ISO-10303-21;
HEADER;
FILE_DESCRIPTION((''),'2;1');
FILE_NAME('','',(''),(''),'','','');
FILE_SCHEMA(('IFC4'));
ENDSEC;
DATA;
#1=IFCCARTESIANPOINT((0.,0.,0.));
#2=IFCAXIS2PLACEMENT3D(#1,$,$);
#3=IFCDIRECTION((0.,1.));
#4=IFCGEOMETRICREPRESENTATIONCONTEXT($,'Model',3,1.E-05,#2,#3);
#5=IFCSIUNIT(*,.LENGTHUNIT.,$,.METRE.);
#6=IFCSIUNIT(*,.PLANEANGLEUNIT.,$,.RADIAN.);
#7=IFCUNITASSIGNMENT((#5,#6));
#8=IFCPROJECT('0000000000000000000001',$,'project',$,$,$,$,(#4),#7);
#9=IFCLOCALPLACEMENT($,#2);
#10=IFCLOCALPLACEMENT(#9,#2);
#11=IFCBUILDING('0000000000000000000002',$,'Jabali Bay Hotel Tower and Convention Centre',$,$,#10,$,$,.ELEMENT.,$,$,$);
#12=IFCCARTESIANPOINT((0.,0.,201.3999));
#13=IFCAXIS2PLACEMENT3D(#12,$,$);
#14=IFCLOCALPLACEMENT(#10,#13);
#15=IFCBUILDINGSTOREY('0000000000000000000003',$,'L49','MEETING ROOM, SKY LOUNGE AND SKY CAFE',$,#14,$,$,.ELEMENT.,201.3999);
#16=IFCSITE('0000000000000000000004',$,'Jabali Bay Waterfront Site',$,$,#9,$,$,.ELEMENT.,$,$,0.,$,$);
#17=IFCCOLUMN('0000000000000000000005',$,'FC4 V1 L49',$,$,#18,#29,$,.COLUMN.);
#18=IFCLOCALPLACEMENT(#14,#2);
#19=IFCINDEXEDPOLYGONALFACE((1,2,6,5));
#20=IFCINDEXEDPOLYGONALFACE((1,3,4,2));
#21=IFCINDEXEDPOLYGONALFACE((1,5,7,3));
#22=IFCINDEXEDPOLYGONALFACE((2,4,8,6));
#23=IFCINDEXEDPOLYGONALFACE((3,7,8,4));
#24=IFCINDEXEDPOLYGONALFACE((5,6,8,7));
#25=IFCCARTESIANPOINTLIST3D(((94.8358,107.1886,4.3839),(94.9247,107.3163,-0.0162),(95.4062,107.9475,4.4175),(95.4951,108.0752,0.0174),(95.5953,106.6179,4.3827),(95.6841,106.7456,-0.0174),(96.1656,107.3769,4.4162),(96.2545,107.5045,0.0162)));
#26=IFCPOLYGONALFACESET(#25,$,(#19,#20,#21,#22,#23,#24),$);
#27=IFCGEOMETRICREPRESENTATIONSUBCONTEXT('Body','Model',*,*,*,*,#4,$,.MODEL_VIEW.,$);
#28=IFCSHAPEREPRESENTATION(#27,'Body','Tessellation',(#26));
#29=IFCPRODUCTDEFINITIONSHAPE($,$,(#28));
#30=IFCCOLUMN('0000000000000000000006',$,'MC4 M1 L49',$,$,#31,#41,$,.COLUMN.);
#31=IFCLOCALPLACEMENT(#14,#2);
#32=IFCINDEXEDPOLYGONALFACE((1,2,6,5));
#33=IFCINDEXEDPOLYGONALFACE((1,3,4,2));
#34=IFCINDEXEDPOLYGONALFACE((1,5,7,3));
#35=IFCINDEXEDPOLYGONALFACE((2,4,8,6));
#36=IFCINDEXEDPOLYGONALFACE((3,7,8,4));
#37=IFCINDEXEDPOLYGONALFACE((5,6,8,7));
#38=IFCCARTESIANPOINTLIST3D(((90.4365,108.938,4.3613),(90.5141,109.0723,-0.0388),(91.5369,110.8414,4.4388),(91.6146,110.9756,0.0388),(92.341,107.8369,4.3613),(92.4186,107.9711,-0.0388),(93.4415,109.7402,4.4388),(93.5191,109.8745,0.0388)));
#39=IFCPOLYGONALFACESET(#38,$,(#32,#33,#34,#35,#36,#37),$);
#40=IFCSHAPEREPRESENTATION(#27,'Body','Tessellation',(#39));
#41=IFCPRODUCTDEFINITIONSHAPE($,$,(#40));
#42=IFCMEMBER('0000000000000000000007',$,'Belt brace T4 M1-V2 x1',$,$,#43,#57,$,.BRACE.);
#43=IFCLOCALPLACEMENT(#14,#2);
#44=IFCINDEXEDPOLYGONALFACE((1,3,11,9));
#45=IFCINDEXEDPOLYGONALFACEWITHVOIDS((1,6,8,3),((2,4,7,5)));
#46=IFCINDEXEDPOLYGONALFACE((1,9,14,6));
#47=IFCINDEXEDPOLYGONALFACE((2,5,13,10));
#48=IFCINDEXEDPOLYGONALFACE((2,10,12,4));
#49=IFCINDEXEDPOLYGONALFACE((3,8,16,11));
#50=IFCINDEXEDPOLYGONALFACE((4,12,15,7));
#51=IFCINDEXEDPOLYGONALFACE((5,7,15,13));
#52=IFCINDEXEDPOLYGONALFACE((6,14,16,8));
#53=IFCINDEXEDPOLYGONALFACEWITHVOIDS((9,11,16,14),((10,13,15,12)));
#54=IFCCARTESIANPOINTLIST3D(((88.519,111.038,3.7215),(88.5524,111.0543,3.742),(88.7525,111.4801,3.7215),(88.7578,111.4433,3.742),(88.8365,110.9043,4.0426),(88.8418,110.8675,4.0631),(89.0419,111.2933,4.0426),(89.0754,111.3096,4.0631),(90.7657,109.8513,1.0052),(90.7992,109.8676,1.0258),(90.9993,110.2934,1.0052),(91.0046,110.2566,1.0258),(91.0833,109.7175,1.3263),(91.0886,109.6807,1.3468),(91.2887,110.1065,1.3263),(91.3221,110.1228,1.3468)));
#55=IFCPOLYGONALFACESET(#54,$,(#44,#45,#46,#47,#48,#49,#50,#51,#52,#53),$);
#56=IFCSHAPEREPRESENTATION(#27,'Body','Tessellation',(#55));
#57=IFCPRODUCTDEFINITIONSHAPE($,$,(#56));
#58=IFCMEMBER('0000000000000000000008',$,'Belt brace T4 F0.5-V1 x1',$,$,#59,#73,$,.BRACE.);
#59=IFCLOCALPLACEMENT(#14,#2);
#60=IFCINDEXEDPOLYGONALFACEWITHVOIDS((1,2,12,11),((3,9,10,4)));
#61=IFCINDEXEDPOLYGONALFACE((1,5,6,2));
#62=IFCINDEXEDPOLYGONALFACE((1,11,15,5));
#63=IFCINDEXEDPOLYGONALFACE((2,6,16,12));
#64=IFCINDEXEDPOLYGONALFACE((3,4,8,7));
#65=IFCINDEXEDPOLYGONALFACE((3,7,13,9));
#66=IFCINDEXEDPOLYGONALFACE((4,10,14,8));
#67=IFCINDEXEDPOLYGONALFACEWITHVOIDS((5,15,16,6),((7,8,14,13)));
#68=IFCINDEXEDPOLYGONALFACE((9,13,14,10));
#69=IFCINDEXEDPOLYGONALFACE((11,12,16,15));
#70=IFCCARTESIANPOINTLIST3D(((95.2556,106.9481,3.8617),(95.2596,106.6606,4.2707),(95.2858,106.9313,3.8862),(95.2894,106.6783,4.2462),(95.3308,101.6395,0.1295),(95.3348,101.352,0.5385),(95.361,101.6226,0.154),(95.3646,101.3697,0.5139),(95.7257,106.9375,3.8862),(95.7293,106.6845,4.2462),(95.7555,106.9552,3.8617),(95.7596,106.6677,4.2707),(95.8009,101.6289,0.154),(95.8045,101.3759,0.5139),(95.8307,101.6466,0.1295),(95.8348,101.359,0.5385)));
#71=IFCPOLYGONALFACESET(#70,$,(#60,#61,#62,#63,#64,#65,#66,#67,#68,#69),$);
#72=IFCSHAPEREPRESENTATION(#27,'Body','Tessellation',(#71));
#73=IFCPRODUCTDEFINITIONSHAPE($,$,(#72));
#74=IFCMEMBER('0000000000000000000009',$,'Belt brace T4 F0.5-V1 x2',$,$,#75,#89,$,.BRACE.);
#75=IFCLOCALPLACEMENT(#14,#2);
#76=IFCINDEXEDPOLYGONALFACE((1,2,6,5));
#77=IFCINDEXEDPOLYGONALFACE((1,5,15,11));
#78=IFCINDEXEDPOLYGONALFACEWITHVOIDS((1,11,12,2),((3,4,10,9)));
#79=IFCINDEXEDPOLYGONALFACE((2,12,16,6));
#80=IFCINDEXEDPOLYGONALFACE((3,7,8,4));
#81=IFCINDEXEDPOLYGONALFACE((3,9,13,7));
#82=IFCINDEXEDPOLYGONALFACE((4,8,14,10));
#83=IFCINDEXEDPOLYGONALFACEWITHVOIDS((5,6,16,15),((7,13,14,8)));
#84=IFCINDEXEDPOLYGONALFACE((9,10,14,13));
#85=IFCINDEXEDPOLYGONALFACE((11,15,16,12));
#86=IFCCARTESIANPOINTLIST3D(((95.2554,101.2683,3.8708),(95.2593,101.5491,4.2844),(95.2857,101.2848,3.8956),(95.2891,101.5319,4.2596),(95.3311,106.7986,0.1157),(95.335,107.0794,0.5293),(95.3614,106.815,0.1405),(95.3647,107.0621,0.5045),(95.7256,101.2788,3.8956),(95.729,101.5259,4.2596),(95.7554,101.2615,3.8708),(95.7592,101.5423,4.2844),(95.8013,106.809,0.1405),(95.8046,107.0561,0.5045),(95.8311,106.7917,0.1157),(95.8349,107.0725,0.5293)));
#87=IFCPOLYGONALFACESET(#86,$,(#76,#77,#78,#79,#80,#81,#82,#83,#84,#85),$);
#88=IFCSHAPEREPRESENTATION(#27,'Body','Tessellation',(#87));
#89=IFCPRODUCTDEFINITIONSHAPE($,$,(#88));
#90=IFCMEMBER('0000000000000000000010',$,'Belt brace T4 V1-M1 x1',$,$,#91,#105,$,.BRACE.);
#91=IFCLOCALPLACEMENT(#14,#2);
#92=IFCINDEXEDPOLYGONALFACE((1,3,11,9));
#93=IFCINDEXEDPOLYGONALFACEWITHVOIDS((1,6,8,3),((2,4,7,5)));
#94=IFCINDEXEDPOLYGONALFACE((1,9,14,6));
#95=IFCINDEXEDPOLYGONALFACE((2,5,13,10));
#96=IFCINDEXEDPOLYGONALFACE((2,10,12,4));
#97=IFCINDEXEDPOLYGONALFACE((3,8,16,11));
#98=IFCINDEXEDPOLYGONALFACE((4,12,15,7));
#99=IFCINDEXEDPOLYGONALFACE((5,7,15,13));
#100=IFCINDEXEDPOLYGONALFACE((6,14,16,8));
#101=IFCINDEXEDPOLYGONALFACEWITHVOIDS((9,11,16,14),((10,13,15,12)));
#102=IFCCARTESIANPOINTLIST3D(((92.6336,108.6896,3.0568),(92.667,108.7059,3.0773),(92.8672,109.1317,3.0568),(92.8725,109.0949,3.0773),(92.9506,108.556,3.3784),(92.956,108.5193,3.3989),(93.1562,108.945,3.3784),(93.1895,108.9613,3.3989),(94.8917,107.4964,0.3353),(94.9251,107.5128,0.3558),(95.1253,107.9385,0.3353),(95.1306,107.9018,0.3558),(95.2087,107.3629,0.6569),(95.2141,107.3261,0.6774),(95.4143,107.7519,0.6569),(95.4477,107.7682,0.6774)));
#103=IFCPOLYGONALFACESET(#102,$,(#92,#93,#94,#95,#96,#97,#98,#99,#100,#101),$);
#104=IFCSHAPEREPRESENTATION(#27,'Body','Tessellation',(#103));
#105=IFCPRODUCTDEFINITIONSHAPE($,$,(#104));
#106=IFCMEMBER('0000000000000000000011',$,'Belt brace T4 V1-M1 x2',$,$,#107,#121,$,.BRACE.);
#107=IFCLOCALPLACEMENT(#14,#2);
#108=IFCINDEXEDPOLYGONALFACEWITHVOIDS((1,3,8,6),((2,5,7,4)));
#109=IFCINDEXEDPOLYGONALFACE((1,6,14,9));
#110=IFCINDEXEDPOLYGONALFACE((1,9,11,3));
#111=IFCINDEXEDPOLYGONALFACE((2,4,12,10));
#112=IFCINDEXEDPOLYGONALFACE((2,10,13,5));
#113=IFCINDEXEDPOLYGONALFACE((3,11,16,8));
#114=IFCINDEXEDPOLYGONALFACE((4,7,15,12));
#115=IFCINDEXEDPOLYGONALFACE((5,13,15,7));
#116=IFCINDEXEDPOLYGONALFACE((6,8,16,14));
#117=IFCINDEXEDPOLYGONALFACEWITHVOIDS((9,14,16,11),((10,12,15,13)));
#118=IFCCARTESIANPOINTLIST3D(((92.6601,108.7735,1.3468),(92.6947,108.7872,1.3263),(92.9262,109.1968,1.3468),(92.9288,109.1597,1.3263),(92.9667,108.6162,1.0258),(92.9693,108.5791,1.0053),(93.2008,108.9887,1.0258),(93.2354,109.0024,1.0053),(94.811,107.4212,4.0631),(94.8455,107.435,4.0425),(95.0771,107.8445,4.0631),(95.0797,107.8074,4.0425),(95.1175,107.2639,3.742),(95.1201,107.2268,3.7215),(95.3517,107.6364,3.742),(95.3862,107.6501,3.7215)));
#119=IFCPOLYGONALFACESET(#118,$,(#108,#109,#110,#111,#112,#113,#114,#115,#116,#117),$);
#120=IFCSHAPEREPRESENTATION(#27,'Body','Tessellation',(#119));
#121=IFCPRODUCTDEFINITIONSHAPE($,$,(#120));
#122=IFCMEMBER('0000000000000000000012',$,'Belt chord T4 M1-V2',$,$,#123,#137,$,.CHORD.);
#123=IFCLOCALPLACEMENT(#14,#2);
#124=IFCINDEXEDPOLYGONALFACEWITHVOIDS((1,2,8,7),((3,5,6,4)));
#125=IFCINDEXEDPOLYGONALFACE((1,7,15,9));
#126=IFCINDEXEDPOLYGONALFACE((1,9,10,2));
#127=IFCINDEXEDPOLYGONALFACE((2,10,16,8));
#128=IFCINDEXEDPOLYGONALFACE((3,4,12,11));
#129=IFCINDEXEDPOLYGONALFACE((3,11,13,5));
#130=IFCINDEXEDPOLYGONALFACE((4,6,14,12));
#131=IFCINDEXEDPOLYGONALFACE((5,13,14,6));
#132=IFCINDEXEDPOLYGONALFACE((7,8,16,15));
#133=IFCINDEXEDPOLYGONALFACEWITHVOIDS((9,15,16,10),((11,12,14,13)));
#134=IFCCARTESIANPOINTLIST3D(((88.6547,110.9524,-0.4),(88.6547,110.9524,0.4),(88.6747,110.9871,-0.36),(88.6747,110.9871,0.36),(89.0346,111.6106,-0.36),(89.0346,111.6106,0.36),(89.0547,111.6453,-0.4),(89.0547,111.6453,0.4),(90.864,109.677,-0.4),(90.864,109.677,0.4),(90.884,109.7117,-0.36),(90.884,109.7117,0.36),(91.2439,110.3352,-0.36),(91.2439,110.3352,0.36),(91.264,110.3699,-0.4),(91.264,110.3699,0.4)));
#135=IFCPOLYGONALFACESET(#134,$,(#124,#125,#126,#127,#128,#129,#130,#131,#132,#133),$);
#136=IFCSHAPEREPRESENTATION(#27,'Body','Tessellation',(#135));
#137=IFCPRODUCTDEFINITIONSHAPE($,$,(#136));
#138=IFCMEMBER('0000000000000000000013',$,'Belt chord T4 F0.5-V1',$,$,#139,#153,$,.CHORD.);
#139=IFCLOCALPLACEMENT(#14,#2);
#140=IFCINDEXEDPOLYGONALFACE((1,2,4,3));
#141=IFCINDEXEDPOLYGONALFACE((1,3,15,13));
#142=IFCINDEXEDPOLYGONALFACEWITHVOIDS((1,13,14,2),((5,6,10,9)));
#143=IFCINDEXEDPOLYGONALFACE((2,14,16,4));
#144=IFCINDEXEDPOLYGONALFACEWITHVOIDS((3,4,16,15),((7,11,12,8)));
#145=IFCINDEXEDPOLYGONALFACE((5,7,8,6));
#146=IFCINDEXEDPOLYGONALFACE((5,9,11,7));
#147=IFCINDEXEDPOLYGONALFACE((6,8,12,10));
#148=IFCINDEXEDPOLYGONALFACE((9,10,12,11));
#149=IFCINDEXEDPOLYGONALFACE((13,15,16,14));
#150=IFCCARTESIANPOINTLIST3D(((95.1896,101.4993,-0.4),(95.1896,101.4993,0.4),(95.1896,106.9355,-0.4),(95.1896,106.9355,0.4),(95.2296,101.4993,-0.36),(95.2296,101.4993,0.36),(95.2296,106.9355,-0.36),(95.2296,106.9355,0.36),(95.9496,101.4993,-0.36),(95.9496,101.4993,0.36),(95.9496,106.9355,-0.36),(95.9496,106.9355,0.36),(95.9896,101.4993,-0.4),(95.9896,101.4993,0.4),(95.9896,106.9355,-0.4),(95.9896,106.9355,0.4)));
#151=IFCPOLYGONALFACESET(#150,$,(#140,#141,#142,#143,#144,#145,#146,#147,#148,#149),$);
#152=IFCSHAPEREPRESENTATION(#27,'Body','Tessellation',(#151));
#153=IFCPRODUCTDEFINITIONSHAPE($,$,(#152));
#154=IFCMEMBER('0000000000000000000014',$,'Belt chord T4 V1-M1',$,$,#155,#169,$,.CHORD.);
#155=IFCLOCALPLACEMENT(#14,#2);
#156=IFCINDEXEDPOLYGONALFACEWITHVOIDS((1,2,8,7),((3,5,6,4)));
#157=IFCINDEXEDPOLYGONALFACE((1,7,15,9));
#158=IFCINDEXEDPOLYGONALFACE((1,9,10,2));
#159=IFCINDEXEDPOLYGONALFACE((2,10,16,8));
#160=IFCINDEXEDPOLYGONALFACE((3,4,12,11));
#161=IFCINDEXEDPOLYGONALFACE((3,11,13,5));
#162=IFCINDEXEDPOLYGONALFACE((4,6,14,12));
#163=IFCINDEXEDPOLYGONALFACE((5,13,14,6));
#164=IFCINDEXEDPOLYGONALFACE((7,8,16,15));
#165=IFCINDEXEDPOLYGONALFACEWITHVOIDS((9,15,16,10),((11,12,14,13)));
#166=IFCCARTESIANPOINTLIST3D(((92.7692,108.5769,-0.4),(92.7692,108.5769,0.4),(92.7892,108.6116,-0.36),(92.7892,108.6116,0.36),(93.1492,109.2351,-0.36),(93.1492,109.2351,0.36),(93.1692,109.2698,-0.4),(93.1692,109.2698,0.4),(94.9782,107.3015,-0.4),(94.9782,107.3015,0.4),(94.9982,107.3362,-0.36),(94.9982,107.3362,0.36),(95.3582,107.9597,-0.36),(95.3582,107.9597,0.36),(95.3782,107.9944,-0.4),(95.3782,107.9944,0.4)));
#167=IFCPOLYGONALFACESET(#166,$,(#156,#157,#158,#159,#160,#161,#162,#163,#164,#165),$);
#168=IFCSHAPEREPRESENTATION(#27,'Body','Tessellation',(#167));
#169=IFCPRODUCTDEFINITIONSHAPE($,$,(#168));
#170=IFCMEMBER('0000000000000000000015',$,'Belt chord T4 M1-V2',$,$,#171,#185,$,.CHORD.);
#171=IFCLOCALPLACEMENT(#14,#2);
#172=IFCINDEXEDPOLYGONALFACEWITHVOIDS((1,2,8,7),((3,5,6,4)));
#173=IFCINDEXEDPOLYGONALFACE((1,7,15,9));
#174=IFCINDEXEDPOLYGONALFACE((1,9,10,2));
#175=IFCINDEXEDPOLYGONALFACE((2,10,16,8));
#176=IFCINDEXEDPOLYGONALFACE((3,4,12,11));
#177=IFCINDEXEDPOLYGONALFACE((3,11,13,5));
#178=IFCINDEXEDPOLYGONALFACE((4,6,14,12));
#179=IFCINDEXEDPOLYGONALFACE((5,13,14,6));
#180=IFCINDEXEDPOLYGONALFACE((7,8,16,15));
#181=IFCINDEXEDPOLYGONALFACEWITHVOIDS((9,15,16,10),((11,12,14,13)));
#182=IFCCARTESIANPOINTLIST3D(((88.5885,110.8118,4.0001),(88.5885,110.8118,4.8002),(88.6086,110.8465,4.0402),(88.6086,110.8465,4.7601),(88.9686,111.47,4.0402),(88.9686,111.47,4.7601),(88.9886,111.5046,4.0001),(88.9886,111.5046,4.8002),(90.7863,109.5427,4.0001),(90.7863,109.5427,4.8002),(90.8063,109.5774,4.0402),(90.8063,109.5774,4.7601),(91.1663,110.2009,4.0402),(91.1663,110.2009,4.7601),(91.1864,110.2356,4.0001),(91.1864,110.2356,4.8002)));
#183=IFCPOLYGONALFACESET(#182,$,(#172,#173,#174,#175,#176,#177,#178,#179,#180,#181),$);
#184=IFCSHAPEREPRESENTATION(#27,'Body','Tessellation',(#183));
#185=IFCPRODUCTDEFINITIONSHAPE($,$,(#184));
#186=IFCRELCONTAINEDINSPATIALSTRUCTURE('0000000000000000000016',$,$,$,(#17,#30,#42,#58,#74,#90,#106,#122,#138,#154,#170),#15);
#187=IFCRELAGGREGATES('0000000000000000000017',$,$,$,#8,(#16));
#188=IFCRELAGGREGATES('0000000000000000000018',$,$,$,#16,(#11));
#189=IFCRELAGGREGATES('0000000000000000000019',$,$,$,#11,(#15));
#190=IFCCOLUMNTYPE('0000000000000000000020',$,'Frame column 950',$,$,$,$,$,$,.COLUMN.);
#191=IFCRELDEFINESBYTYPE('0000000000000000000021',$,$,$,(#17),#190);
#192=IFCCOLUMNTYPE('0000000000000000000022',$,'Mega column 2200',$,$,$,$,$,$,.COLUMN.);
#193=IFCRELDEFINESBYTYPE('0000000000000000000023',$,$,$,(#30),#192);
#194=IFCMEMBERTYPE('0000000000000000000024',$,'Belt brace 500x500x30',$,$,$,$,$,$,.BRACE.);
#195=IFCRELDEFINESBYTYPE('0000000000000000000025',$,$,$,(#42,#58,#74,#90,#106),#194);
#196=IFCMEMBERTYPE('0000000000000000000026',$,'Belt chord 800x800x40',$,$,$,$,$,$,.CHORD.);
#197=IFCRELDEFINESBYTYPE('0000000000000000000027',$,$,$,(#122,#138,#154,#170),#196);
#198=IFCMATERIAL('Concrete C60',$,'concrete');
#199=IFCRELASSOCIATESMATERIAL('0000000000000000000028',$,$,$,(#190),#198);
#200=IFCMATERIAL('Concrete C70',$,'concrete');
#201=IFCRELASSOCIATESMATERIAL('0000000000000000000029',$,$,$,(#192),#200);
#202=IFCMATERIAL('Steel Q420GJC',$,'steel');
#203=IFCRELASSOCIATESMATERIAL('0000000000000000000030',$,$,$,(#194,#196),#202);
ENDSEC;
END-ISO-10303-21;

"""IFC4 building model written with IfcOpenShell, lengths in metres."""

from ifc_helpers import new_model, si_unit, direction, frame, origin, origin_2d, place, context, subcontext, project, spatial, rectangle, hollow_rectangle, extrude, material, material_profile, profile_set, type_object, element, save


model = new_model("IFC4")

# Units and contexts
model_context = context("Model", 3, precision=1e-05, world=origin(), true_north=direction((0.0, 1.0)))
body_context = subcontext(model_context, "Body", "Model", "MODEL_VIEW")
ifc_project = project(units=[si_unit("LENGTHUNIT", "METRE"), si_unit("PLANEANGLEUNIT", "RADIAN")], contexts=[model_context])

# Site, building, storey
site_placement = place(None, origin())
site = spatial("IfcSite", under=ifc_project, at=site_placement, Name="Jabali Bay Waterfront Site", CompositionType="ELEMENT", RefElevation=0.0)
building_placement = place(site_placement, origin())
building = spatial("IfcBuilding", under=site, at=building_placement, Name="Jabali Bay Hotel Tower and Convention Centre", CompositionType="ELEMENT")
storey_placement = place(building_placement, frame((0.0, 0.0, 201.3999)))
storey = spatial("IfcBuildingStorey", under=building, at=storey_placement, Name="L49", Description="MEETING ROOM, SKY LOUNGE AND SKY CAFE", CompositionType="ELEMENT", Elevation=201.3999)

# Columns
ifc_material_1 = material(Name="Concrete C60", Category="concrete")
ifc_material_profile_1 = material_profile(ifc_material_1, rectangle(XDim=0.95, YDim=0.95, at=origin_2d()), Name="Frame column 950")
ifc_profile_set_1 = profile_set([ifc_material_profile_1], Name="Concrete C60")
column_type_1 = type_object("IfcColumnType", Name="Frame column 950", PredefinedType="COLUMN", material=ifc_profile_set_1)
column_1_placement = place(storey_placement, frame((95.5896, 107.4104, 0.0), z_axis=(-0.020184, -0.029, 0.999376), x_axis=(0.600396, 0.798923, 0.035309)))
element("IfcColumn", 1, at=column_1_placement, inside=storey, type_object=column_type_1, Name="FC4 V1 L49", PredefinedType="COLUMN", context=body_context, shape_type="SweptSolid", body=[
    extrude(rectangle(XDim=0.95, YDim=0.95, at=origin_2d()), origin(), (0.0, 0.0, 1.0), 4.4028),
])
ifc_material_2 = material(Name="Concrete C70", Category="concrete")
ifc_material_profile_2 = material_profile(ifc_material_2, rectangle(XDim=2.2, YDim=2.2, at=origin_2d()), Name="Mega column 2200")
ifc_profile_set_2 = profile_set([ifc_material_profile_2], Name="Concrete C70")
column_type_2 = type_object("IfcColumnType", Name="Mega column 2200", PredefinedType="COLUMN", material=ifc_profile_set_2)
column_2_placement = place(storey_placement, frame((92.0166, 109.4734, 0.0), z_axis=(-0.017633, -0.030498, 0.999379), x_axis=(0.500231, 0.865175, 0.035228)))
element("IfcColumn", 2, at=column_2_placement, inside=storey, type_object=column_type_2, Name="MC4 M1 L49", PredefinedType="COLUMN", context=body_context, shape_type="SweptSolid", body=[
    extrude(rectangle(XDim=2.2, YDim=2.2, at=origin_2d()), origin(), (0.0, 0.0, 1.0), 4.4028),
])

# Members
ifc_material_3 = material(Name="Steel Q420GJC", Category="steel")
ifc_material_profile_3 = material_profile(ifc_material_3, hollow_rectangle(XDim=0.5, YDim=0.5, WallThickness=0.03, at=origin_2d()), Name="Belt brace 500x500x30")
ifc_profile_set_3 = profile_set([ifc_material_profile_3], Name="Steel Q420GJC")
member_type_1 = type_object("IfcMemberType", Name="Belt brace 500x500x30", PredefinedType="BRACE", material=ifc_profile_set_3)
member_1_placement = place(storey_placement, frame((91.0439, 109.9871, 1.176), z_axis=(-0.60406, 0.319063, 0.730281), x_axis=(-0.467049, -0.884232, 0.0)))
element("IfcMember", 3, at=member_1_placement, inside=storey, type_object=member_type_1, Name="Belt brace T4 M1-V2 x1", PredefinedType="BRACE", context=body_context, shape_type="SweptSolid", body=[
    extrude(hollow_rectangle(XDim=0.5, YDim=0.5, WallThickness=0.03, at=origin_2d()), origin(), (0.0, 0.0, 1.0), 3.7195),
])
member_2_placement = place(storey_placement, frame((95.5828, 101.4993, 0.334), z_axis=(-0.011587, 0.818005, 0.575094), x_axis=(-0.9999, -0.014163, 0.0)))
element("IfcMember", 4, at=member_2_placement, inside=storey, type_object=member_type_1, Name="Belt brace T4 F0.5-V1 x1", PredefinedType="BRACE", context=body_context, shape_type="SweptSolid", body=[
    extrude(hollow_rectangle(XDim=0.5, YDim=0.5, WallThickness=0.03, at=origin_2d()), origin(), (0.0, 0.0, 1.0), 6.4897),
])
member_3_placement = place(storey_placement, frame((95.583, 106.9355, 0.3225), z_axis=(-0.011321, -0.827253, 0.561715), x_axis=(0.999906, -0.013684, 0.0)))
element("IfcMember", 5, at=member_3_placement, inside=storey, type_object=member_type_1, Name="Belt brace T4 F0.5-V1 x2", PredefinedType="BRACE", context=body_context, shape_type="SweptSolid", body=[
    extrude(hollow_rectangle(XDim=0.5, YDim=0.5, WallThickness=0.03, at=origin_2d()), origin(), (0.0, 0.0, 1.0), 6.6851),
])
member_4_placement = place(storey_placement, frame((95.1697, 107.6323, 0.5063), z_axis=(-0.605037, 0.31969, 0.729197), x_axis=(-0.467176, -0.884164, 0.0)))
element("IfcMember", 6, at=member_4_placement, inside=storey, type_object=member_type_1, Name="Belt brace T4 V1-M1 x1", PredefinedType="BRACE", context=body_context, shape_type="SweptSolid", body=[
    extrude(hollow_rectangle(XDim=0.5, YDim=0.5, WallThickness=0.03, at=origin_2d()), origin(), (0.0, 0.0, 1.0), 3.7322),
])
member_5_placement = place(storey_placement, frame((92.9478, 108.8879, 1.176), z_axis=(0.5783, -0.363587, 0.730325), x_axis=(0.53226, 0.846581, 0.0)))
element("IfcMember", 7, at=member_5_placement, inside=storey, type_object=member_type_1, Name="Belt brace T4 V1-M1 x2", PredefinedType="BRACE", context=body_context, shape_type="SweptSolid", body=[
    extrude(hollow_rectangle(XDim=0.5, YDim=0.5, WallThickness=0.03, at=origin_2d()), origin(), (0.0, 0.0, 1.0), 3.7192),
])
ifc_material_profile_4 = material_profile(ifc_material_3, hollow_rectangle(XDim=0.8, YDim=0.8, WallThickness=0.04, at=origin_2d()), Name="Belt chord 800x800x40")
ifc_profile_set_4 = profile_set([ifc_material_profile_4], Name="Steel Q420GJC")
member_type_2 = type_object("IfcMemberType", Name="Belt chord 800x800x40", PredefinedType="CHORD", material=ifc_profile_set_4)
member_6_placement = place(storey_placement, frame((91.064, 110.0234, 0.0), z_axis=(-0.866044, 0.499968, 0.0), x_axis=(-0.499968, -0.866044, 0.0)))
element("IfcMember", 8, at=member_6_placement, inside=storey, type_object=member_type_2, Name="Belt chord T4 M1-V2", PredefinedType="CHORD", context=body_context, shape_type="SweptSolid", body=[
    extrude(hollow_rectangle(XDim=0.8, YDim=0.8, WallThickness=0.04, at=origin_2d()), origin(), (0.0, 0.0, 1.0), 2.551),
])
member_7_placement = place(storey_placement, frame((95.5896, 101.4993, 0.0), z_axis=(0.0, 1.0, 0.0), x_axis=(-1.0, 0.0, 0.0)))
element("IfcMember", 9, at=member_7_placement, inside=storey, type_object=member_type_2, Name="Belt chord T4 F0.5-V1", PredefinedType="CHORD", context=body_context, shape_type="SweptSolid", body=[
    extrude(hollow_rectangle(XDim=0.8, YDim=0.8, WallThickness=0.04, at=origin_2d()), origin(), (0.0, 0.0, 1.0), 5.4363),
])
member_8_placement = place(storey_placement, frame((95.1782, 107.6479, 0.0), z_axis=(-0.86602, 0.50001, 0.0), x_axis=(-0.50001, -0.86602, 0.0)))
element("IfcMember", 10, at=member_8_placement, inside=storey, type_object=member_type_2, Name="Belt chord T4 V1-M1", PredefinedType="CHORD", context=body_context, shape_type="SweptSolid", body=[
    extrude(hollow_rectangle(XDim=0.8, YDim=0.8, WallThickness=0.04, at=origin_2d()), origin(), (0.0, 0.0, 1.0), 2.5508),
])
for number, where, z_axis, x_axis, name in (
    (11, (90.9863, 109.8892, 4.4001), (-0.865997, 0.50005, 0.0), (-0.50005, -0.865997, 0.0), "Belt chord T4 M1-V2"),
):
    element("IfcMember", number, at=place(storey_placement, frame(where, z_axis=z_axis, x_axis=x_axis)), inside=storey, type_object=member_type_2, Name=name, PredefinedType="CHORD", context=body_context, shape_type="SweptSolid", body=[
        extrude(hollow_rectangle(XDim=0.8, YDim=0.8, WallThickness=0.04, at=origin_2d()), origin(), (0.0, 0.0, 1.0), 2.5378),
    ])

save(model, "model.ifc")
